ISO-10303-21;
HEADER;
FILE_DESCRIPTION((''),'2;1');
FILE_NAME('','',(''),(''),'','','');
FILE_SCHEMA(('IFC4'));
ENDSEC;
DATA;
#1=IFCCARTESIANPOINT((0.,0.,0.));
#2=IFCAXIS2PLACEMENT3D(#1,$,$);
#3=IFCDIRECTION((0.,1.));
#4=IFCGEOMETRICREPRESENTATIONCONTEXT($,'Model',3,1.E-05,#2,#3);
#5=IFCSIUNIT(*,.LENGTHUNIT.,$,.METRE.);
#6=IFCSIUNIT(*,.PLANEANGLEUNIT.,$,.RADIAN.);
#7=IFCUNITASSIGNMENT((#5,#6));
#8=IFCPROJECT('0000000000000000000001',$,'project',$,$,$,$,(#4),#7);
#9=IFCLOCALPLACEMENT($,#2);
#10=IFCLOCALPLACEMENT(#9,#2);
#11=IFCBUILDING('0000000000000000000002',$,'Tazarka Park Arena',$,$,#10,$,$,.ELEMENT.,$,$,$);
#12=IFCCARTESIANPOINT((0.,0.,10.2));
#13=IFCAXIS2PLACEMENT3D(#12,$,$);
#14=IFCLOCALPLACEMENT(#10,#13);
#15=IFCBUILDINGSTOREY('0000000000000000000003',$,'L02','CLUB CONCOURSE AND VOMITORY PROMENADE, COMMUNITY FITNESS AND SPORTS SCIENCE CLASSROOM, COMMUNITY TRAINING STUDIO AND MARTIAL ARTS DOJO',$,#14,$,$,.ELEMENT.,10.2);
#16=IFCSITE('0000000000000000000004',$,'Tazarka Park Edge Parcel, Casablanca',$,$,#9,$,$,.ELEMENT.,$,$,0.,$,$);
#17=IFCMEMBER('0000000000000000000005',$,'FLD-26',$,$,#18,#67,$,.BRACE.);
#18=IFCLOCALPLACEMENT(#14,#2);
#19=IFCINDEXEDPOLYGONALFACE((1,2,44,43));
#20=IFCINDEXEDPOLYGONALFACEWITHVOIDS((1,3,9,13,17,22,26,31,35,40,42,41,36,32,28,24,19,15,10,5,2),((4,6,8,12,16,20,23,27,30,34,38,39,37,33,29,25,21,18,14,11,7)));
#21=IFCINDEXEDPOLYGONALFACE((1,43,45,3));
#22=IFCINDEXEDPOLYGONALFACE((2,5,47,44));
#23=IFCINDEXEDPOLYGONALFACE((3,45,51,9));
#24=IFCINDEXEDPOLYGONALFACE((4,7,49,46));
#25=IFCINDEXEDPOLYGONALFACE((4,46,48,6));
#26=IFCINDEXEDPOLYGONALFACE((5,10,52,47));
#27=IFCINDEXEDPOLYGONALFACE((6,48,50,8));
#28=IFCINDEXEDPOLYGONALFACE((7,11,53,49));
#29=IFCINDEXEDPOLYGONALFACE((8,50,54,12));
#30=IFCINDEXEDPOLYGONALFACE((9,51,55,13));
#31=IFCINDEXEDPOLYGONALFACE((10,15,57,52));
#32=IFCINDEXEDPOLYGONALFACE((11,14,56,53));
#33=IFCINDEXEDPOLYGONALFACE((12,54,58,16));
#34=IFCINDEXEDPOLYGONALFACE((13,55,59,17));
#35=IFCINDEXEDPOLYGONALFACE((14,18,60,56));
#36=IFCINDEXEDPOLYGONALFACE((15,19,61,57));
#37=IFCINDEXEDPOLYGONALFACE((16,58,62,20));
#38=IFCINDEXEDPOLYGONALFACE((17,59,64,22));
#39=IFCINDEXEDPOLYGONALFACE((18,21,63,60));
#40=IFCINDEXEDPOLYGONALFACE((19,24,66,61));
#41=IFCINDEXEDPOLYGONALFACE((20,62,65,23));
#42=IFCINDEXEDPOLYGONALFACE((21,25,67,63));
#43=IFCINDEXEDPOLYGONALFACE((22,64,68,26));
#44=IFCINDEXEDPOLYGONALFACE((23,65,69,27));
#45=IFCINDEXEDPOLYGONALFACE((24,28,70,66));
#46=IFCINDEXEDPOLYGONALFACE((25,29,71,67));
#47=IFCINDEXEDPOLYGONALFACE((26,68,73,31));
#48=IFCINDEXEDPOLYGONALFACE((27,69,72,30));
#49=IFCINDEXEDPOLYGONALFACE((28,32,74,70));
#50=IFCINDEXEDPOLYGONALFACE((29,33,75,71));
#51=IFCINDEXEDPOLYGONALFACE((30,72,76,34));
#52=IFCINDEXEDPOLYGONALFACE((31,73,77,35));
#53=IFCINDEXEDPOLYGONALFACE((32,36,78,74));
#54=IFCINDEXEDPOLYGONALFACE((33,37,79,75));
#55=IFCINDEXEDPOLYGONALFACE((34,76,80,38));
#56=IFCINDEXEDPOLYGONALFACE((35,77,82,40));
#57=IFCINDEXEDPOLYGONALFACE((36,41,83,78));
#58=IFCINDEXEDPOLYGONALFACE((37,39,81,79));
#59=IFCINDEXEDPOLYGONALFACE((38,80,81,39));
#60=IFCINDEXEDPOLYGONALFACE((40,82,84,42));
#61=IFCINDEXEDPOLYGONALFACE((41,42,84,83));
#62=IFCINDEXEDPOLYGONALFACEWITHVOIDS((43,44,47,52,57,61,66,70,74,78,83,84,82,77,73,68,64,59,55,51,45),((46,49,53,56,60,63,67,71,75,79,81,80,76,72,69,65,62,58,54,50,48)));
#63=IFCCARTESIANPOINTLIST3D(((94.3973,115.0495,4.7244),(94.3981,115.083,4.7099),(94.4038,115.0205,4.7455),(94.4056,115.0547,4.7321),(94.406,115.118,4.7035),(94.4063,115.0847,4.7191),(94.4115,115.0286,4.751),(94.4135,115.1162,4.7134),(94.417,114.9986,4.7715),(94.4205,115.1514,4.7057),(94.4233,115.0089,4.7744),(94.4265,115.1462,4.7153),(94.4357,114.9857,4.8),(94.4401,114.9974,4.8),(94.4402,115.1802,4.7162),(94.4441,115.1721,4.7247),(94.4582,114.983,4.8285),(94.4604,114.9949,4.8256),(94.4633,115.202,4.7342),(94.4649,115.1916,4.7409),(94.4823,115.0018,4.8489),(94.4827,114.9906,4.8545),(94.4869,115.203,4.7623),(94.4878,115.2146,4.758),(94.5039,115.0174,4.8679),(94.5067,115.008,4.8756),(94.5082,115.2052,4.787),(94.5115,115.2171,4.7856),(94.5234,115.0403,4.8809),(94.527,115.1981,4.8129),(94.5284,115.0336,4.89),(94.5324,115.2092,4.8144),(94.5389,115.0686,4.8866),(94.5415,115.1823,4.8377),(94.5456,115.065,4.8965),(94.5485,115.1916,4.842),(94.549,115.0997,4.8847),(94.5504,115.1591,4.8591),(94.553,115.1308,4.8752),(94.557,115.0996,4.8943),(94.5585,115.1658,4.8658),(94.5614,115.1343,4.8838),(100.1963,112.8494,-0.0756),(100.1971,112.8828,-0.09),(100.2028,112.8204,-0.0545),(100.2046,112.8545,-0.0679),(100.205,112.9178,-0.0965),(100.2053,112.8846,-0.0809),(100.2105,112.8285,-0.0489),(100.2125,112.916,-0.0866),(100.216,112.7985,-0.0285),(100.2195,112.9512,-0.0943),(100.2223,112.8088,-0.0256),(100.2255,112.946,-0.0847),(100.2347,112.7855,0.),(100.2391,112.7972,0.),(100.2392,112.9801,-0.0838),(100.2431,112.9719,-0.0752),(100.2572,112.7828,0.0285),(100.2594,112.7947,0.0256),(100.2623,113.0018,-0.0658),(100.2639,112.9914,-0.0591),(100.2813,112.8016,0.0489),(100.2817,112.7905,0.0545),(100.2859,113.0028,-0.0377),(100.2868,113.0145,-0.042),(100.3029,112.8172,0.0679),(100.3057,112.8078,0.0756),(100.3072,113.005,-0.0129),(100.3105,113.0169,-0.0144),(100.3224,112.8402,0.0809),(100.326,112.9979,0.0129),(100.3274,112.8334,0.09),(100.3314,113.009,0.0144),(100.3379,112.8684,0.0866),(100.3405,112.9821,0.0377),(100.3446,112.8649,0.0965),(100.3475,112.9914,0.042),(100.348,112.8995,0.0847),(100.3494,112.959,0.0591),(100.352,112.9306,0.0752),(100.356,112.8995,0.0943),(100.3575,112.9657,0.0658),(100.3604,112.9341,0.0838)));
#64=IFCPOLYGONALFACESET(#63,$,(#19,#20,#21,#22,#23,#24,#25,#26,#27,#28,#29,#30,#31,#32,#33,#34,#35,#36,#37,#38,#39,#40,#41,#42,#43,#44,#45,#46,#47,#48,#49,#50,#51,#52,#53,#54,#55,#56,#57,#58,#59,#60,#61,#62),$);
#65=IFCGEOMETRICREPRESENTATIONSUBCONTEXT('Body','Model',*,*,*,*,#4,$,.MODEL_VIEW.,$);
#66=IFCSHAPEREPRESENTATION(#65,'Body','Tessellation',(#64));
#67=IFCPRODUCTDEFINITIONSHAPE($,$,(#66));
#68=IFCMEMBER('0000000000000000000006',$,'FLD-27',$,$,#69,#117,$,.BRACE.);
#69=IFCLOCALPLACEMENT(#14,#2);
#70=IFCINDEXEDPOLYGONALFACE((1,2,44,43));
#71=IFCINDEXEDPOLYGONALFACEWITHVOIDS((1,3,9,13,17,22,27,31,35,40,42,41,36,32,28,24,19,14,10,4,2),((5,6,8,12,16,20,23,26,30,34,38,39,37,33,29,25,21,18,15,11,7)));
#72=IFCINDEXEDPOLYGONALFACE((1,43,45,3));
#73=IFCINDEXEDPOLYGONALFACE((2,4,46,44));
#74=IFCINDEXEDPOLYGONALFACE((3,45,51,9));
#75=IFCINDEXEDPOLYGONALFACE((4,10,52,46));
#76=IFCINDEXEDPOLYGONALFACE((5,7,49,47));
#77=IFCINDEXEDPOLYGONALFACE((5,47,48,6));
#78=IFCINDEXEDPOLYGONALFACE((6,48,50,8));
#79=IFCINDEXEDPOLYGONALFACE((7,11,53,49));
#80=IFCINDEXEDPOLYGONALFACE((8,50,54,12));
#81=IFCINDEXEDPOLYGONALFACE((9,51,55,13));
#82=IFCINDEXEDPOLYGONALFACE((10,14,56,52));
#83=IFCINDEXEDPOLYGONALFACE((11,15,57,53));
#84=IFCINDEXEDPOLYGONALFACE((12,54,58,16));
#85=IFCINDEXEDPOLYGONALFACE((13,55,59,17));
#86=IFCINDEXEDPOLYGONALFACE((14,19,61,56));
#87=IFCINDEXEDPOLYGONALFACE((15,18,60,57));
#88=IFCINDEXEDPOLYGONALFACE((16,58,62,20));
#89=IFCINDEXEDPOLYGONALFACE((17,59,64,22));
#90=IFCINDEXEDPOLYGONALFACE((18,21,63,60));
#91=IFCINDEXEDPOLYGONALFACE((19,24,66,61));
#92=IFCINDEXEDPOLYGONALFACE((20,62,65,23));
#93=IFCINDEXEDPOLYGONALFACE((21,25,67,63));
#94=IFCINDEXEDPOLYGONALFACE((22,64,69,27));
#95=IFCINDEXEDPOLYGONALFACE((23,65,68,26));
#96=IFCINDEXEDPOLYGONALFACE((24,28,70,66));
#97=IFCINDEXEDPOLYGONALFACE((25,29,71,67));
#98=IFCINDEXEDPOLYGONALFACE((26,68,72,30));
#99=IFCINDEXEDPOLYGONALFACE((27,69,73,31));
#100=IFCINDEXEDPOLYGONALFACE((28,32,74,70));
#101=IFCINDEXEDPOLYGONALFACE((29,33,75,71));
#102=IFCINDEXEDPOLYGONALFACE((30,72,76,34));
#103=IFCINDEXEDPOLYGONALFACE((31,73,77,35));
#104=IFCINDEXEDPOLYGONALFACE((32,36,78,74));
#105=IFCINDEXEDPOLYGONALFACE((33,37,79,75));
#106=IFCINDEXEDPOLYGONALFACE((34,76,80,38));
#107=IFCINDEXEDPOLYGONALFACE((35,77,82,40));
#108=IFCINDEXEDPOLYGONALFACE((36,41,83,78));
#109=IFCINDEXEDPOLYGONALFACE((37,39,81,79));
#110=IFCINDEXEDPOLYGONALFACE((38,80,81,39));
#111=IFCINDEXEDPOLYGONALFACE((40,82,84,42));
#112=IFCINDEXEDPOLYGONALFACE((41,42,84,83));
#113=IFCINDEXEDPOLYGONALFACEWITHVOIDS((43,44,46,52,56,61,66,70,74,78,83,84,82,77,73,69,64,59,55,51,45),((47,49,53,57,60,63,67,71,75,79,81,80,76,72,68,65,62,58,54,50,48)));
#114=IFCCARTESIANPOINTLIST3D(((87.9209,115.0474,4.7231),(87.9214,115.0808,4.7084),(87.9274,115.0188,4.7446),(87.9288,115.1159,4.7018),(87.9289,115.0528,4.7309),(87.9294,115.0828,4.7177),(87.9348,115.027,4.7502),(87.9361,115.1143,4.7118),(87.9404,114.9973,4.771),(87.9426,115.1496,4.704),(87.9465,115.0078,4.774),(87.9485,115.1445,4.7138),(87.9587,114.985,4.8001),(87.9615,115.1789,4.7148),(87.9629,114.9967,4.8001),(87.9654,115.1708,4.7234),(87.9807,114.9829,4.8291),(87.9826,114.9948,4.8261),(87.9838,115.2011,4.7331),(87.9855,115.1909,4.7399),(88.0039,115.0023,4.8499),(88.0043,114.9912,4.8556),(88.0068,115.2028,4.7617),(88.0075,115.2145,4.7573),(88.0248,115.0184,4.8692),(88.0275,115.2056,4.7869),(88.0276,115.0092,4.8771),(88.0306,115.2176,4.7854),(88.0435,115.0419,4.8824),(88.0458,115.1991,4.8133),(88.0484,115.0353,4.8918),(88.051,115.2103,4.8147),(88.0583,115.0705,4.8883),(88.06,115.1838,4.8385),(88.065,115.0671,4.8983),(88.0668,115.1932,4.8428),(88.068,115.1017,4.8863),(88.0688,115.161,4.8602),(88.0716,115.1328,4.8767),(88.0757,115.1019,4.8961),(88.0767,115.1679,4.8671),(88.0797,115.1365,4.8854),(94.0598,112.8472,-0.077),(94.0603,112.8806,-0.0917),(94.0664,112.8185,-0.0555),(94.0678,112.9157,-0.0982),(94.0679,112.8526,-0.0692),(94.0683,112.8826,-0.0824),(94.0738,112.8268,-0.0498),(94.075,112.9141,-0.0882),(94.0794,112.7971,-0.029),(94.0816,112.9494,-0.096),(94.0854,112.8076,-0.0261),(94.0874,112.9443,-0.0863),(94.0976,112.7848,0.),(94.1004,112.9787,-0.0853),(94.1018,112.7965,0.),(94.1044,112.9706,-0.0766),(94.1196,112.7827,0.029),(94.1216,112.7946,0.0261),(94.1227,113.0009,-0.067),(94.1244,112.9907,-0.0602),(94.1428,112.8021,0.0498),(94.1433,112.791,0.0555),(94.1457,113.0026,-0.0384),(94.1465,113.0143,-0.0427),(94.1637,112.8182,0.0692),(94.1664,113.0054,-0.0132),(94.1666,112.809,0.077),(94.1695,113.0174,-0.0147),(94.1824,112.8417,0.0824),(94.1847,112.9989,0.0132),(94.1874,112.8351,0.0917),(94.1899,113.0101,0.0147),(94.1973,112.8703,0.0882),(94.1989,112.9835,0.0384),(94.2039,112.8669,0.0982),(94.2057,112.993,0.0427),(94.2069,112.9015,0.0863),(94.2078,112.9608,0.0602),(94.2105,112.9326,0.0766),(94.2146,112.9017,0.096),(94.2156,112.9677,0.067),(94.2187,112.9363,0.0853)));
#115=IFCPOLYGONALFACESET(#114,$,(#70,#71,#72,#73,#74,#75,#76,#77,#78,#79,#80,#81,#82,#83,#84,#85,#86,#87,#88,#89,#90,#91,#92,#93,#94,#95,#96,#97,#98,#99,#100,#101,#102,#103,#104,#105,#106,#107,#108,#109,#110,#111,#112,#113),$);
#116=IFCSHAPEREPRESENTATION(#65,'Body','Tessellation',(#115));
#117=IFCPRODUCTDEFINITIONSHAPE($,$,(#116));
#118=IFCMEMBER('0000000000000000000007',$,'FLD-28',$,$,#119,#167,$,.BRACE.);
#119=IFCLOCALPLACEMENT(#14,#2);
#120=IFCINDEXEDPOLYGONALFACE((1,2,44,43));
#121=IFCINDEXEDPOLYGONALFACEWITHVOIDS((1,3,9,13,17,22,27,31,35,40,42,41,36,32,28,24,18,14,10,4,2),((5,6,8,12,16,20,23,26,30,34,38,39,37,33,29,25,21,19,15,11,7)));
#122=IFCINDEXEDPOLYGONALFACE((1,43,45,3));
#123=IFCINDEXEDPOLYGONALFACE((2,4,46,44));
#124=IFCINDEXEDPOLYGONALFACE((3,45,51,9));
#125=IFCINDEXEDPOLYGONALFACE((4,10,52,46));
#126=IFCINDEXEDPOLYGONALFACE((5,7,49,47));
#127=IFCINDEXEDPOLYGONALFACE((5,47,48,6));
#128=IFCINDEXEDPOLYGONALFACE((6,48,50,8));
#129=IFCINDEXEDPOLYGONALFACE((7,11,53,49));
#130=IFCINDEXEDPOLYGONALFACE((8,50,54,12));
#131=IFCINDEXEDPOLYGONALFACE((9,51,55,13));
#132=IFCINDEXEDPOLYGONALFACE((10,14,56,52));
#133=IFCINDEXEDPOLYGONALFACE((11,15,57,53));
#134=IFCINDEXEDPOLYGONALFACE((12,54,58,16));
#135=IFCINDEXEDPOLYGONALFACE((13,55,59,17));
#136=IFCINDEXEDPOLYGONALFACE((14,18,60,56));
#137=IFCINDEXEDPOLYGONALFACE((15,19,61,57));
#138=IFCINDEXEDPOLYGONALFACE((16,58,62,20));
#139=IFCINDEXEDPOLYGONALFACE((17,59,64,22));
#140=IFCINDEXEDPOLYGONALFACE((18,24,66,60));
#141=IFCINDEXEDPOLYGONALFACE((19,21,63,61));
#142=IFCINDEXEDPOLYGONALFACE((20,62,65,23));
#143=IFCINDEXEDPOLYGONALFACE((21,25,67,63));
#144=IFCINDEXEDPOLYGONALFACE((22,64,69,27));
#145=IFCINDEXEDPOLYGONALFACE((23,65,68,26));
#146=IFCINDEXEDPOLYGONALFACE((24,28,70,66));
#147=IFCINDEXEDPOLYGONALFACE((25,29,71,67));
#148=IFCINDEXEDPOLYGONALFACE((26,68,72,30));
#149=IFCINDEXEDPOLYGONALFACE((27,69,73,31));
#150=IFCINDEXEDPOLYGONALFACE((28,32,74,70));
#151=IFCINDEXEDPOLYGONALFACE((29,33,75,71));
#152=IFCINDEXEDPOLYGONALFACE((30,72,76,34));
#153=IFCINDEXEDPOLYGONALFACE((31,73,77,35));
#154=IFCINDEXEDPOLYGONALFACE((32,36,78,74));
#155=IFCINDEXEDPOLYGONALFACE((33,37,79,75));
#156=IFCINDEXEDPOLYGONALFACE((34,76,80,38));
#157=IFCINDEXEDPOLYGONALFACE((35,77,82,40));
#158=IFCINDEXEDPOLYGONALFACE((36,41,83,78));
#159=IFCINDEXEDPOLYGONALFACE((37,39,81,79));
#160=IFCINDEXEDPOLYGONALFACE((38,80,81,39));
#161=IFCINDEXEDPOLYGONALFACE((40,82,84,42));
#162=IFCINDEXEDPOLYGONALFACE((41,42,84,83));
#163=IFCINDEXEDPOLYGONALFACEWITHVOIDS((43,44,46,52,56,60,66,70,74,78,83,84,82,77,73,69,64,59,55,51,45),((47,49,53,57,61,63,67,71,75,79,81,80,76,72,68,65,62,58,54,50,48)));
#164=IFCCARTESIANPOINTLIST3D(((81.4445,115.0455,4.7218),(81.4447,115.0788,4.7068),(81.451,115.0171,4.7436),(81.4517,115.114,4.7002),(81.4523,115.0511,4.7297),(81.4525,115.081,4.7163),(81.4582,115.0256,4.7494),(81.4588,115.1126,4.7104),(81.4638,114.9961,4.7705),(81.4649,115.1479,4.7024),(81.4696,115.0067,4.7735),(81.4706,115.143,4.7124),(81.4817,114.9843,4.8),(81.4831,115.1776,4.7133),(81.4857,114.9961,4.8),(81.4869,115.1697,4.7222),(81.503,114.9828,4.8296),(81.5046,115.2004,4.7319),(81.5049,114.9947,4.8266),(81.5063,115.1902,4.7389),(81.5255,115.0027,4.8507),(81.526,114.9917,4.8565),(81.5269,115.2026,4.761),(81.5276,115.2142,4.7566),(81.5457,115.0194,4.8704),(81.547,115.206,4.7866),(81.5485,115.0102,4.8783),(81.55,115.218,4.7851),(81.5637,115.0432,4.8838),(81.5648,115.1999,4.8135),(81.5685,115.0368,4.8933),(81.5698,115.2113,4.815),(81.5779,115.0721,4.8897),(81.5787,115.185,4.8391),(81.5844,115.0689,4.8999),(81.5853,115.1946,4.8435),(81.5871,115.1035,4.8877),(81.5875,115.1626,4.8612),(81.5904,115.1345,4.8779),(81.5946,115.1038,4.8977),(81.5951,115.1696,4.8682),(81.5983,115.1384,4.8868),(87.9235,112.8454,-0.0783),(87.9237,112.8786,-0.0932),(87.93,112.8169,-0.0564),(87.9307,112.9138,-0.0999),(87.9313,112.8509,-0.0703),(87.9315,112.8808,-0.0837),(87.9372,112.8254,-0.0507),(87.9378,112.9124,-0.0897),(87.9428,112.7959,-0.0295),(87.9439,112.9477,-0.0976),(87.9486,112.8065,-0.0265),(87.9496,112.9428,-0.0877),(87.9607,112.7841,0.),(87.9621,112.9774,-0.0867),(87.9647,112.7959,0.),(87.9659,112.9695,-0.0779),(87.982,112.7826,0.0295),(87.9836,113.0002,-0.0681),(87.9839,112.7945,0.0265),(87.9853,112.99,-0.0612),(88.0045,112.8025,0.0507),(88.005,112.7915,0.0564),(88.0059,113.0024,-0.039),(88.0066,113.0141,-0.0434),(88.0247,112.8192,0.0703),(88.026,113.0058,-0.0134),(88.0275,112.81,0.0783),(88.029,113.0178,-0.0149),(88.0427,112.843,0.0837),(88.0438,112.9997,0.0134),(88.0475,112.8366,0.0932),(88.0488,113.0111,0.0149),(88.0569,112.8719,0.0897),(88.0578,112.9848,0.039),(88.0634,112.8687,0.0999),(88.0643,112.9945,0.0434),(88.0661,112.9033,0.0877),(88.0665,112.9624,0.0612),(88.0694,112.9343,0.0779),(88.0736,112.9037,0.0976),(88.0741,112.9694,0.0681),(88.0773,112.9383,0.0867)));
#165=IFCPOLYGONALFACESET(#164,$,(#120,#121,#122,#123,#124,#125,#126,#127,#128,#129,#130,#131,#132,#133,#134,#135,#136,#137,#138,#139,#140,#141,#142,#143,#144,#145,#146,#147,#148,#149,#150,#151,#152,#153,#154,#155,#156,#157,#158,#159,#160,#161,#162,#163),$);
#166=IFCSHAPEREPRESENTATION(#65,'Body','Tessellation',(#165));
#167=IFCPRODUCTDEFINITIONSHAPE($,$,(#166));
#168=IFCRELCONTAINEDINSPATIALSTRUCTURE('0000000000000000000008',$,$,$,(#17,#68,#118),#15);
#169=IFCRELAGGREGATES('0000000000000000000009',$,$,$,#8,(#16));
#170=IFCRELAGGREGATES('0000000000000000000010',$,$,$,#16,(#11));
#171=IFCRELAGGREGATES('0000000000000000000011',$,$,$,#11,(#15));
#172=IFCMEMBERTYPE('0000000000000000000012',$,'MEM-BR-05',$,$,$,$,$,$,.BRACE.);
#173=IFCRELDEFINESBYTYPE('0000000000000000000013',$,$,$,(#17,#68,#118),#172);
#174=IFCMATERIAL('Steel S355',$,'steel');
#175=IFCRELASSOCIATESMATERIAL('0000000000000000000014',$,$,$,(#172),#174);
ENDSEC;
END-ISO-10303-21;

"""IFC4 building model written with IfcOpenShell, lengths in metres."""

from ifc_helpers import new_model, si_unit, direction, frame, origin, origin_2d, place, context, subcontext, project, spatial, hollow_circle, extrude, material, material_profile, profile_set, type_object, element, save


model = new_model("IFC4")

# Units and contexts
model_context = context("Model", 3, precision=1e-05, world=origin(), true_north=direction((0.0, 1.0)))
body_context = subcontext(model_context, "Body", "Model", "MODEL_VIEW")
ifc_project = project(units=[si_unit("LENGTHUNIT", "METRE"), si_unit("PLANEANGLEUNIT", "RADIAN")], contexts=[model_context])

# Site, building, storey
site_placement = place(None, origin())
site = spatial("IfcSite", under=ifc_project, at=site_placement, Name="Tazarka Park Edge Parcel, Casablanca", CompositionType="ELEMENT", RefElevation=0.0)
building_placement = place(site_placement, origin())
building = spatial("IfcBuilding", under=site, at=building_placement, Name="Tazarka Park Arena", CompositionType="ELEMENT")
storey_placement = place(building_placement, frame((0.0, 0.0, 10.2)))
storey = spatial("IfcBuildingStorey", under=building, at=storey_placement, Name="L02", Description="CLUB CONCOURSE AND VOMITORY PROMENADE, COMMUNITY FITNESS AND SPORTS SCIENCE CLASSROOM, COMMUNITY TRAINING STUDIO AND MARTIAL ARTS DOJO", CompositionType="ELEMENT", Elevation=10.2)

# Members
ifc_material_1 = material(Name="Steel S355", Category="steel")
ifc_material_profile_1 = material_profile(ifc_material_1, hollow_circle(Radius=0.1223, WallThickness=0.0125, at=origin_2d()), Name="Steel S355")
ifc_profile_set_1 = profile_set([ifc_material_profile_1], Name="Steel S355")
member_type_1 = type_object("IfcMemberType", Name="MEM-BR-05", PredefinedType="BRACE", material=ifc_profile_set_1)
member_1_placement = place(storey_placement, frame((100.2781, 112.8999, 0.0), z_axis=(-0.739407, 0.280535, 0.612027), x_axis=(-0.354731, -0.934968, 0.0)))
element("IfcMember", 1, at=member_1_placement, inside=storey, type_object=member_type_1, Name="FLD-26", PredefinedType="BRACE", context=body_context, shape_type="SweptSolid", body=[
    extrude(hollow_circle(Radius=0.1223, WallThickness=0.0125, at=origin_2d()), origin(), (0.0, 0.0, 1.0), 7.8428),
])
member_2_placement = place(storey_placement, frame((94.1389, 112.8999, 0.0), z_axis=(-0.758136, 0.271717, 0.59279), x_axis=(-0.337387, -0.941366, 0.0)))
element("IfcMember", 2, at=member_2_placement, inside=storey, type_object=member_type_1, Name="FLD-27", PredefinedType="BRACE", context=body_context, shape_type="SweptSolid", body=[
    extrude(hollow_circle(Radius=0.1223, WallThickness=0.0125, at=origin_2d()), origin(), (0.0, 0.0, 1.0), 8.0974),
])
member_3_placement = place(storey_placement, frame((88.0, 112.8999, 0.0), z_axis=(-0.775171, 0.263239, 0.574295), x_axis=(-0.321553, -0.946891, 0.0)))
element("IfcMember", 3, at=member_3_placement, inside=storey, type_object=member_type_1, Name="FLD-28", PredefinedType="BRACE", context=body_context, shape_type="SweptSolid", body=[
    extrude(hollow_circle(Radius=0.1223, WallThickness=0.0125, at=origin_2d()), origin(), (0.0, 0.0, 1.0), 8.3582),
])

save(model, "model.ifc")
